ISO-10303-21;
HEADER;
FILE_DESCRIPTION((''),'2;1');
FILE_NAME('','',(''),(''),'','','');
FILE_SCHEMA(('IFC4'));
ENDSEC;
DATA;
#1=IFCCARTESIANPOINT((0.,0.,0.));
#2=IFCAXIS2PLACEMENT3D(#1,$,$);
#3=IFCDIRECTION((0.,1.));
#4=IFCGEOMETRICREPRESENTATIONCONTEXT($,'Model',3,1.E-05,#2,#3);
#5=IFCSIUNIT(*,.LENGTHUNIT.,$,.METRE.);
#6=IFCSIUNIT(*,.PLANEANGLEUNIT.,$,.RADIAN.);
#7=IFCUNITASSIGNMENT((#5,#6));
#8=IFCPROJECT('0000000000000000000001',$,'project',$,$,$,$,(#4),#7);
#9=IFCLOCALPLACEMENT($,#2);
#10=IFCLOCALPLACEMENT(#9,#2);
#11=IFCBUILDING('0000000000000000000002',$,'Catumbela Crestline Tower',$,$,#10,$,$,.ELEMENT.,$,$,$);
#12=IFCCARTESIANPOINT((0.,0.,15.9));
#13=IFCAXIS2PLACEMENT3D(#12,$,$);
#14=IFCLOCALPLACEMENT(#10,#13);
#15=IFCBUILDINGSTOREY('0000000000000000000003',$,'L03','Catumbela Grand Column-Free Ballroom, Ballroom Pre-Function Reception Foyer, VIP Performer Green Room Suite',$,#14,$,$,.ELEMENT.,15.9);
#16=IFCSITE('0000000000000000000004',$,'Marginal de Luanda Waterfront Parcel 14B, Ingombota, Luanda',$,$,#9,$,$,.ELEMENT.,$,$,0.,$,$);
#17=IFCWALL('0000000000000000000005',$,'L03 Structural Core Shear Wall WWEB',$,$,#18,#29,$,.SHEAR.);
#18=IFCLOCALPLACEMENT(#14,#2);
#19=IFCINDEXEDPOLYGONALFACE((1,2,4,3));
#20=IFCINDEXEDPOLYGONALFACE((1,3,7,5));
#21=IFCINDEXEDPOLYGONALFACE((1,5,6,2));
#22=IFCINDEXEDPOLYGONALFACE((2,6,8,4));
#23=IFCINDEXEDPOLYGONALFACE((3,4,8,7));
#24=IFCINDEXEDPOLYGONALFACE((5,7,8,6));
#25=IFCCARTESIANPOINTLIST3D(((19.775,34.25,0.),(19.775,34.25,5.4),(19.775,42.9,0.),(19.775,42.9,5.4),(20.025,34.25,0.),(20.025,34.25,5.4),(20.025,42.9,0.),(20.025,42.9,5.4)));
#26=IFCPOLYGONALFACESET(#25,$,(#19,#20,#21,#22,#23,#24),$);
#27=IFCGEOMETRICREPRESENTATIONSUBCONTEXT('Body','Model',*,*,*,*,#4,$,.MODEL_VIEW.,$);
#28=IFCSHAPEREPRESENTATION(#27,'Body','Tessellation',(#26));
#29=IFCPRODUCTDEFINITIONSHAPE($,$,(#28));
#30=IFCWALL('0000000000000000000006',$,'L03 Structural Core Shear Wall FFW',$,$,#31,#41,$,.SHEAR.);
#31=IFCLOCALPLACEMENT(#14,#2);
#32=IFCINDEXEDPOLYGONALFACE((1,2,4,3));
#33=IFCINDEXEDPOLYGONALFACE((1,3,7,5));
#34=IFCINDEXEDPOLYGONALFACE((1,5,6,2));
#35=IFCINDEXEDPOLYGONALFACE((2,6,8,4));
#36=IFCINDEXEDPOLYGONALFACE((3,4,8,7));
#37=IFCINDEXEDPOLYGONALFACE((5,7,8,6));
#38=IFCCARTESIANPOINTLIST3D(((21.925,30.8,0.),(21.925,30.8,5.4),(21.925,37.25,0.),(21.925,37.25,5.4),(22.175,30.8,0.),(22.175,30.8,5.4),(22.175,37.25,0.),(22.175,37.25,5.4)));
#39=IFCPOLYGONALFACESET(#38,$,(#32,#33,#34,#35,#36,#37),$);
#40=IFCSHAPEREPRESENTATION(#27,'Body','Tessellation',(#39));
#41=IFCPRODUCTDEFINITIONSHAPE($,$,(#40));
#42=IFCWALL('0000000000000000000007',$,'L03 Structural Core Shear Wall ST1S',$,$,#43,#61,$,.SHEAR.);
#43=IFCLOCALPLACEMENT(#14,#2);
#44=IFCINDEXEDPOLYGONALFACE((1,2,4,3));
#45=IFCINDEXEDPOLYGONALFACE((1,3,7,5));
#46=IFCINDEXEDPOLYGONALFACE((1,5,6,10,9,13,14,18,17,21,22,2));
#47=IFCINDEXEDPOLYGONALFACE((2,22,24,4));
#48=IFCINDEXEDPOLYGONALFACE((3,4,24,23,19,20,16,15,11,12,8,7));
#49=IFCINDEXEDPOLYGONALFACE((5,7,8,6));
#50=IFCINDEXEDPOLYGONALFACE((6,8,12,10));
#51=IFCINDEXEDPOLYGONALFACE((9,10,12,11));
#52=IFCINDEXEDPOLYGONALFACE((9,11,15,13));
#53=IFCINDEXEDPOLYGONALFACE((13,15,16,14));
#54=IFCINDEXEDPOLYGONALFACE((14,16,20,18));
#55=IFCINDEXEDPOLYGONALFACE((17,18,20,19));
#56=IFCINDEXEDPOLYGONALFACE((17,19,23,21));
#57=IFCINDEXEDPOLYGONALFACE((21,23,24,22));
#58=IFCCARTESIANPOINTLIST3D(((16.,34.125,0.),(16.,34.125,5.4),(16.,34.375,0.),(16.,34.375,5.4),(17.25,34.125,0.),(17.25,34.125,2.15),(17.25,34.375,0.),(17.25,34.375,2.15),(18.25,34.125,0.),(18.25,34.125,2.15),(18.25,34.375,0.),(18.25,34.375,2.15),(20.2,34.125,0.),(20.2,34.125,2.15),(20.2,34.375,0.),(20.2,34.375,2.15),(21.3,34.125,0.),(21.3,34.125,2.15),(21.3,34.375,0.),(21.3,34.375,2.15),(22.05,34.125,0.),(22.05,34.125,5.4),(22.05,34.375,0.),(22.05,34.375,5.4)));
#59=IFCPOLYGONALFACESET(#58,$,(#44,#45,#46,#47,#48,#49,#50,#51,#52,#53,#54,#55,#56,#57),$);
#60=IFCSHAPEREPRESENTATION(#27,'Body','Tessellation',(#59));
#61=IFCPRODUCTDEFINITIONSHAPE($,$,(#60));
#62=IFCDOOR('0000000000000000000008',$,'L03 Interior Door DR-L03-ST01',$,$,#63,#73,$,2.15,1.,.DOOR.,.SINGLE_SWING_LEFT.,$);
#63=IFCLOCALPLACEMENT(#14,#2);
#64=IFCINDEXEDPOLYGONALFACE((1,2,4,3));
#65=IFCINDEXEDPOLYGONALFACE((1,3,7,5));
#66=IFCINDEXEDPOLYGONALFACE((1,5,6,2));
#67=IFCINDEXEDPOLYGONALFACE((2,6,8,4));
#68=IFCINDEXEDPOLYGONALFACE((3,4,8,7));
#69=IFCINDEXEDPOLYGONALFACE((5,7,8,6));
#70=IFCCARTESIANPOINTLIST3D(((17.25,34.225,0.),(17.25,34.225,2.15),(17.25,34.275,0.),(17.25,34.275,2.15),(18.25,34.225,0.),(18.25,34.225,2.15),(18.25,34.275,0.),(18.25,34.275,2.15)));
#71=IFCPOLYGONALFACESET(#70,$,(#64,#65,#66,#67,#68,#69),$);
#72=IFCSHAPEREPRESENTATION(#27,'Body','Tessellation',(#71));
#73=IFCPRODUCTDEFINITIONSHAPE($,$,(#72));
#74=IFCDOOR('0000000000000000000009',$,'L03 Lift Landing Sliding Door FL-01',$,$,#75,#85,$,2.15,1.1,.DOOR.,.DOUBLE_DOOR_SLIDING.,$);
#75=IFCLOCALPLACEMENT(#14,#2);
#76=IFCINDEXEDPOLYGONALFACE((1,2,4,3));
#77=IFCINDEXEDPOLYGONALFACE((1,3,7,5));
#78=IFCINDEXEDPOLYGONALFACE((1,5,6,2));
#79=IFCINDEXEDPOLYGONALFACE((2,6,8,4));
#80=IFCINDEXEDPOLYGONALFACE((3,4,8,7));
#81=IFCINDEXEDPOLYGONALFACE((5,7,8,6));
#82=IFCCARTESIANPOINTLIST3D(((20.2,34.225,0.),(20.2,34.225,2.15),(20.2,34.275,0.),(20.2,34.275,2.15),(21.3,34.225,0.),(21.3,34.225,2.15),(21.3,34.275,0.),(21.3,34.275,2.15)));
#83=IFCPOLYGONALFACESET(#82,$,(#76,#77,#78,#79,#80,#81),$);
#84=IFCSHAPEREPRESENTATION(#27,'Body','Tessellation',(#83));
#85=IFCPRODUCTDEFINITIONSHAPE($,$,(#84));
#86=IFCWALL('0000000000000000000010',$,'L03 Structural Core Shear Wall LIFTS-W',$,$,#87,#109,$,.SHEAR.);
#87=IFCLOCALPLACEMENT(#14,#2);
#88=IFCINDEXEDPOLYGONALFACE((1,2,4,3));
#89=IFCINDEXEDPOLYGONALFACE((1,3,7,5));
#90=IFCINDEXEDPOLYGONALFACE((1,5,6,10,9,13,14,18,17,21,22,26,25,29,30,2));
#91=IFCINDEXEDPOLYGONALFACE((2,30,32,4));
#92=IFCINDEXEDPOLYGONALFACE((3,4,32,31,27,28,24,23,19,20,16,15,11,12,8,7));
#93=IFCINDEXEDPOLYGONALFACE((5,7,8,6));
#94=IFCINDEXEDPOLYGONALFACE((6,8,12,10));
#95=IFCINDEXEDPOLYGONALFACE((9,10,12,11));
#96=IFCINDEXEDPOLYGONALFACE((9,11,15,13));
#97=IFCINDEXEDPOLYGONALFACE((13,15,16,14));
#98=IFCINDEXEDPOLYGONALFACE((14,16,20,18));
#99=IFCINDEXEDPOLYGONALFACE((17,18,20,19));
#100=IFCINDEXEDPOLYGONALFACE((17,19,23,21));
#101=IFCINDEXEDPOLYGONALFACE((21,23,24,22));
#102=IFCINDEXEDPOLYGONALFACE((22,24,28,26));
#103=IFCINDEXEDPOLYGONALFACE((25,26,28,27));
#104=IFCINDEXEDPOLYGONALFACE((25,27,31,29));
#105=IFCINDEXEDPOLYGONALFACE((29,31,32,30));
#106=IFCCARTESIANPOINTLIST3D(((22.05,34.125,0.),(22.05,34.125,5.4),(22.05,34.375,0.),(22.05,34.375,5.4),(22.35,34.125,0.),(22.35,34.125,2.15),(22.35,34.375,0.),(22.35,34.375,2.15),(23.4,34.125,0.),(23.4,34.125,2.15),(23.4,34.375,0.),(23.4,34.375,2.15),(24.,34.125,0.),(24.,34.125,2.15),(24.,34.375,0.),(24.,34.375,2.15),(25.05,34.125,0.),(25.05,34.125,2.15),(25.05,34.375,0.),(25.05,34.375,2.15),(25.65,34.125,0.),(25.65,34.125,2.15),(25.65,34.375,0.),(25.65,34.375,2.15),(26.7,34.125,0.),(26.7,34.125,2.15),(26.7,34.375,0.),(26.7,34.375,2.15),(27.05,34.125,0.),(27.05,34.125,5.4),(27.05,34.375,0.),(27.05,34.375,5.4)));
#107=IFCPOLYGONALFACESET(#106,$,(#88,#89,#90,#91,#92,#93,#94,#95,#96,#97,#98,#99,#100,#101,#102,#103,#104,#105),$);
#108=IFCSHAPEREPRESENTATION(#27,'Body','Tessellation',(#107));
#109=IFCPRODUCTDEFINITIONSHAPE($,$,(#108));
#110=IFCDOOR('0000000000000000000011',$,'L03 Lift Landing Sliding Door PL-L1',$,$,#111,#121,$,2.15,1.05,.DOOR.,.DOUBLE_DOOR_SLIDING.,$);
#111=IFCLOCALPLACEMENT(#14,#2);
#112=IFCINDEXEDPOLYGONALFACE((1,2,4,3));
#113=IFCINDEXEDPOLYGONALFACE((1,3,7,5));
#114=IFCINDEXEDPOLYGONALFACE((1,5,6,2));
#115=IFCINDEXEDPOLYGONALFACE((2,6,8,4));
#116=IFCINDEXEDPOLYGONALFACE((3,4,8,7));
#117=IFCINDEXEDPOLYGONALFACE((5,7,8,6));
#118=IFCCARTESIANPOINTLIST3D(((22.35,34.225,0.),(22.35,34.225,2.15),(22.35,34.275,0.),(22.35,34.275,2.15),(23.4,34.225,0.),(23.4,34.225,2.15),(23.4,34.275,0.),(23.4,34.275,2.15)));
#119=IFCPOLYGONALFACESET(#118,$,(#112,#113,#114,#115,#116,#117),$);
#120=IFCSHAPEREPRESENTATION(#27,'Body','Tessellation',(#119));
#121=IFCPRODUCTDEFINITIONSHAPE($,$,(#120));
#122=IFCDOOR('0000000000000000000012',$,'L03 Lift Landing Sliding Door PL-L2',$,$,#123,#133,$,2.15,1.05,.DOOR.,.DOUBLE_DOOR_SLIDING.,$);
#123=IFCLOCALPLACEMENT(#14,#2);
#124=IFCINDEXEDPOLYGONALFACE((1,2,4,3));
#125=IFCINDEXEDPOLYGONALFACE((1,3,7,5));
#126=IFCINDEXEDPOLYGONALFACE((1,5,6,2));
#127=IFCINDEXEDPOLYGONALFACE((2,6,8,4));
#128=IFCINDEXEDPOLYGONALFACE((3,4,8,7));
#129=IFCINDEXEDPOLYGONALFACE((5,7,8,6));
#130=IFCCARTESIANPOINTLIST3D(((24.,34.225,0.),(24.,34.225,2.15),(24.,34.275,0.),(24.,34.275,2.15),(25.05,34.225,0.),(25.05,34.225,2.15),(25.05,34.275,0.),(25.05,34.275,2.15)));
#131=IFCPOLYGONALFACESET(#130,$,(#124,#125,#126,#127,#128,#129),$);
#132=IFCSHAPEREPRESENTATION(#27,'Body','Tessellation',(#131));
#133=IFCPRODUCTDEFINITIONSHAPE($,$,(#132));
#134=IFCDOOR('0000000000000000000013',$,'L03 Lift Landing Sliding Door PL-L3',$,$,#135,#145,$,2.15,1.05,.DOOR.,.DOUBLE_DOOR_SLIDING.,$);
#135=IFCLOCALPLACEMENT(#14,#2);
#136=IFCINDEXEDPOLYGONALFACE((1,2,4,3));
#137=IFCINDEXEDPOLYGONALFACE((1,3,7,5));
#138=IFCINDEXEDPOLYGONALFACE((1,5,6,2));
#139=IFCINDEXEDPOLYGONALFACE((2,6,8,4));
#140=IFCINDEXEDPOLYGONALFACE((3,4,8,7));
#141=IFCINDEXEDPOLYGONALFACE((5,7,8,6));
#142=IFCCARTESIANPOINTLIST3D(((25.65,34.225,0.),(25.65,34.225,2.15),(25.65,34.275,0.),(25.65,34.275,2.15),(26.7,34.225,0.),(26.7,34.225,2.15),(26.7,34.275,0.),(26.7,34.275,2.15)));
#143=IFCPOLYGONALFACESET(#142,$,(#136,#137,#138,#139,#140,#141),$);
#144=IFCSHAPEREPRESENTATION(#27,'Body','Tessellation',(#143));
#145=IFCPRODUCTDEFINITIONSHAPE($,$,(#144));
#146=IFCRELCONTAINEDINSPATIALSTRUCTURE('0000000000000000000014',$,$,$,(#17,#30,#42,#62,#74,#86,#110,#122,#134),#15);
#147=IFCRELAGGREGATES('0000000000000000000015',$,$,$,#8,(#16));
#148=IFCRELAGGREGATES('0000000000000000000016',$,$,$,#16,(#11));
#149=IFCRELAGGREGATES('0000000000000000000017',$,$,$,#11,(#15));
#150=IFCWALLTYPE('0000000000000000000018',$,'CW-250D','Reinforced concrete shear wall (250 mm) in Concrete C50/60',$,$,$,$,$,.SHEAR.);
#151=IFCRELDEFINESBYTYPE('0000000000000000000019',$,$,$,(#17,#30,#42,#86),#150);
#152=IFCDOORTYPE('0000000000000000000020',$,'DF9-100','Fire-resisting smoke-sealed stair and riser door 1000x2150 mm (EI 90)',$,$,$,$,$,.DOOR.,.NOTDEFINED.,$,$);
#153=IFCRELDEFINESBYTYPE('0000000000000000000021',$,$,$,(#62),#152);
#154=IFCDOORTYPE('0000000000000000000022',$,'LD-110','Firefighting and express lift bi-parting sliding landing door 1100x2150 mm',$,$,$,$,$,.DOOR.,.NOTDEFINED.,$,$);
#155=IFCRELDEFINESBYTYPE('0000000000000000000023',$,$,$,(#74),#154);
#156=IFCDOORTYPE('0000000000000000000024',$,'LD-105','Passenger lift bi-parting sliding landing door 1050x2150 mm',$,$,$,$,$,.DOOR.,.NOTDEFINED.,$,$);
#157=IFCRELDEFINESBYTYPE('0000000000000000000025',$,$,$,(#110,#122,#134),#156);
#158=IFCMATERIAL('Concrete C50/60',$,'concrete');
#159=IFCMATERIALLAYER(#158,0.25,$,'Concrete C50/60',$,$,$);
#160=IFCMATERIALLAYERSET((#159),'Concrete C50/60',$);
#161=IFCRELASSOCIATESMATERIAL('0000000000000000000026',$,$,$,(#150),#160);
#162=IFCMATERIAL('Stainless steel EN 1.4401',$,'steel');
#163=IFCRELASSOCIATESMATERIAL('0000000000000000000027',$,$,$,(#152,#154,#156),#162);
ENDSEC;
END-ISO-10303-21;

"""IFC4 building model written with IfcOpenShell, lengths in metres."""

from ifc_helpers import new_model, si_unit, direction, frame, frame_2d, origin, place, context, subcontext, project, spatial, rectangle, extrude, material, layer, layer_set, type_object, element, fill, save


model = new_model("IFC4")

# Units and contexts
model_context = context("Model", 3, precision=1e-05, world=origin(), true_north=direction((0.0, 1.0)))
body_context = subcontext(model_context, "Body", "Model", "MODEL_VIEW")
ifc_project = project(units=[si_unit("LENGTHUNIT", "METRE"), si_unit("PLANEANGLEUNIT", "RADIAN")], contexts=[model_context])

# Site, building, storey
site_placement = place(None, origin())
site = spatial("IfcSite", under=ifc_project, at=site_placement, Name="Marginal de Luanda Waterfront Parcel 14B, Ingombota, Luanda", CompositionType="ELEMENT", RefElevation=0.0)
building_placement = place(site_placement, origin())
building = spatial("IfcBuilding", under=site, at=building_placement, Name="Catumbela Crestline Tower", CompositionType="ELEMENT")
storey_placement = place(building_placement, frame((0.0, 0.0, 15.9)))
storey = spatial("IfcBuildingStorey", under=building, at=storey_placement, Name="L03", Description="Catumbela Grand Column-Free Ballroom, Ballroom Pre-Function Reception Foyer, VIP Performer Green Room Suite", CompositionType="ELEMENT", Elevation=15.9)

# Walls
ifc_material_1 = material(Name="Concrete C50/60", Category="concrete")
ifc_layer_1 = layer(ifc_material_1, 0.25, Name="Concrete C50/60")
ifc_layer_set_1 = layer_set([ifc_layer_1], Name="Concrete C50/60")
wall_type_1 = type_object("IfcWallType", Name="CW-250D", Description="Reinforced concrete shear wall (250 mm) in Concrete C50/60", PredefinedType="SHEAR", material=ifc_layer_set_1)
wall_1_placement = place(storey_placement, frame((19.9, 34.25, 0.0), z_axis=(0.0, 0.0, 1.0), x_axis=(0.0, 1.0, 0.0)))
element("IfcWall", 1, at=wall_1_placement, inside=storey, type_object=wall_type_1, Name="L03 Structural Core Shear Wall WWEB", PredefinedType="SHEAR", context=body_context, shape_type="SweptSolid", body=[
    extrude(rectangle(XDim=8.65, YDim=0.25, at=frame_2d((4.325, 0.0))), origin(), (0.0, 0.0, 1.0), 5.4),
])
wall_2_placement = place(storey_placement, frame((22.05, 30.8, 0.0), z_axis=(0.0, 0.0, 1.0), x_axis=(0.0, 1.0, 0.0)))
element("IfcWall", 2, at=wall_2_placement, inside=storey, type_object=wall_type_1, Name="L03 Structural Core Shear Wall FFW", PredefinedType="SHEAR", context=body_context, shape_type="SweptSolid", body=[
    extrude(rectangle(XDim=6.45, YDim=0.25, at=frame_2d((3.225, 0.0))), origin(), (0.0, 0.0, 1.0), 5.4),
])

# Walls, openings, doors
wall_3_placement = place(storey_placement, frame((16.0, 34.25, 0.0), z_axis=(0.0, 0.0, 1.0), x_axis=(1.0, 0.0, 0.0)))
wall_3 = element("IfcWall", 3, at=wall_3_placement, inside=storey, type_object=wall_type_1, Name="L03 Structural Core Shear Wall ST1S", PredefinedType="SHEAR", context=body_context, shape_type="SweptSolid", body=[
    extrude(rectangle(XDim=6.05, YDim=0.25, at=frame_2d((3.025, 0.0))), origin(), (0.0, 0.0, 1.0), 5.4),
])
opening_1_placement = place(wall_3_placement, frame((1.25, 0.0, 0.0)))
opening_1 = element("IfcOpeningElement", 4, at=opening_1_placement, cuts=wall_3, PredefinedType="OPENING", context=body_context, shape_type="SweptSolid", body=[
    extrude(rectangle(XDim=1.0, YDim=2.15, at=frame_2d((0.5, 1.075))), frame((0.0, 0.135, 0.0), z_axis=(0.0, -1.0, 0.0), x_axis=(1.0, 0.0, 0.0)), (0.0, 0.0, 1.0), 0.27),
])
opening_2_placement = place(wall_3_placement, frame((4.2, 0.0, 0.0)))
opening_2 = element("IfcOpeningElement", 5, at=opening_2_placement, cuts=wall_3, PredefinedType="OPENING", context=body_context, shape_type="SweptSolid", body=[
    extrude(rectangle(XDim=1.1, YDim=2.15, at=frame_2d((0.55, 1.075))), frame((0.0, 0.135, 0.0), z_axis=(0.0, -1.0, 0.0), x_axis=(1.0, 0.0, 0.0)), (0.0, 0.0, 1.0), 0.27),
])
ifc_material_2 = material(Name="Stainless steel EN 1.4401", Category="steel")
door_type_1 = type_object("IfcDoorType", Name="DF9-100", Description="Fire-resisting smoke-sealed stair and riser door 1000x2150 mm (EI 90)", OperationType="NOTDEFINED", PredefinedType="DOOR", material=ifc_material_2)
door_1_placement = place(opening_1_placement, origin())
door_1 = element("IfcDoor", 6, at=door_1_placement, inside=storey, type_object=door_type_1, Name="L03 Interior Door DR-L03-ST01", OperationType="SINGLE_SWING_LEFT", OverallHeight=2.15, OverallWidth=1.0, PredefinedType="DOOR", context=body_context, shape_type="SweptSolid", body=[
    extrude(rectangle(XDim=1.0, YDim=2.15, at=frame_2d((0.5, 1.075))), frame((0.0, 0.025, 0.0), z_axis=(0.0, -1.0, 0.0), x_axis=(1.0, 0.0, 0.0)), (0.0, 0.0, 1.0), 0.05),
])
fill(opening_1, door_1)
door_type_2 = type_object("IfcDoorType", Name="LD-110", Description="Firefighting and express lift bi-parting sliding landing door 1100x2150 mm", OperationType="NOTDEFINED", PredefinedType="DOOR", material=ifc_material_2)
door_2_placement = place(opening_2_placement, origin())
door_2 = element("IfcDoor", 7, at=door_2_placement, inside=storey, type_object=door_type_2, Name="L03 Lift Landing Sliding Door FL-01", OperationType="DOUBLE_DOOR_SLIDING", OverallHeight=2.15, OverallWidth=1.1, PredefinedType="DOOR", context=body_context, shape_type="SweptSolid", body=[
    extrude(rectangle(XDim=1.1, YDim=2.15, at=frame_2d((0.55, 1.075))), frame((0.0, 0.025, 0.0), z_axis=(0.0, -1.0, 0.0), x_axis=(1.0, 0.0, 0.0)), (0.0, 0.0, 1.0), 0.05),
])
fill(opening_2, door_2)
wall_4_placement = place(storey_placement, frame((22.05, 34.25, 0.0), z_axis=(0.0, 0.0, 1.0), x_axis=(1.0, 0.0, 0.0)))
wall_4 = element("IfcWall", 8, at=wall_4_placement, inside=storey, type_object=wall_type_1, Name="L03 Structural Core Shear Wall LIFTS-W", PredefinedType="SHEAR", context=body_context, shape_type="SweptSolid", body=[
    extrude(rectangle(XDim=5.0, YDim=0.25, at=frame_2d((2.5, 0.0))), origin(), (0.0, 0.0, 1.0), 5.4),
])
opening_3_placement = place(wall_4_placement, frame((0.3, 0.0, 0.0)))
opening_3 = element("IfcOpeningElement", 9, at=opening_3_placement, cuts=wall_4, PredefinedType="OPENING", context=body_context, shape_type="SweptSolid", body=[
    extrude(rectangle(XDim=1.05, YDim=2.15, at=frame_2d((0.525, 1.075))), frame((0.0, 0.135, 0.0), z_axis=(0.0, -1.0, 0.0), x_axis=(1.0, 0.0, 0.0)), (0.0, 0.0, 1.0), 0.27),
])
opening_4_placement = place(wall_4_placement, frame((1.95, 0.0, 0.0)))
opening_4 = element("IfcOpeningElement", 10, at=opening_4_placement, cuts=wall_4, PredefinedType="OPENING", context=body_context, shape_type="SweptSolid", body=[
    extrude(rectangle(XDim=1.05, YDim=2.15, at=frame_2d((0.525, 1.075))), frame((0.0, 0.135, 0.0), z_axis=(0.0, -1.0, 0.0), x_axis=(1.0, 0.0, 0.0)), (0.0, 0.0, 1.0), 0.27),
])
opening_5_placement = place(wall_4_placement, frame((3.6, 0.0, 0.0)))
opening_5 = element("IfcOpeningElement", 11, at=opening_5_placement, cuts=wall_4, PredefinedType="OPENING", context=body_context, shape_type="SweptSolid", body=[
    extrude(rectangle(XDim=1.05, YDim=2.15, at=frame_2d((0.525, 1.075))), frame((0.0, 0.135, 0.0), z_axis=(0.0, -1.0, 0.0), x_axis=(1.0, 0.0, 0.0)), (0.0, 0.0, 1.0), 0.27),
])
door_type_3 = type_object("IfcDoorType", Name="LD-105", Description="Passenger lift bi-parting sliding landing door 1050x2150 mm", OperationType="NOTDEFINED", PredefinedType="DOOR", material=ifc_material_2)
door_3_placement = place(opening_3_placement, origin())
door_3 = element("IfcDoor", 12, at=door_3_placement, inside=storey, type_object=door_type_3, Name="L03 Lift Landing Sliding Door PL-L1", OperationType="DOUBLE_DOOR_SLIDING", OverallHeight=2.15, OverallWidth=1.05, PredefinedType="DOOR", context=body_context, shape_type="SweptSolid", body=[
    extrude(rectangle(XDim=1.05, YDim=2.15, at=frame_2d((0.525, 1.075))), frame((0.0, 0.025, 0.0), z_axis=(0.0, -1.0, 0.0), x_axis=(1.0, 0.0, 0.0)), (0.0, 0.0, 1.0), 0.05),
])
fill(opening_3, door_3)
door_4_placement = place(opening_4_placement, origin())
door_4 = element("IfcDoor", 13, at=door_4_placement, inside=storey, type_object=door_type_3, Name="L03 Lift Landing Sliding Door PL-L2", OperationType="DOUBLE_DOOR_SLIDING", OverallHeight=2.15, OverallWidth=1.05, PredefinedType="DOOR", context=body_context, shape_type="SweptSolid", body=[
    extrude(rectangle(XDim=1.05, YDim=2.15, at=frame_2d((0.525, 1.075))), frame((0.0, 0.025, 0.0), z_axis=(0.0, -1.0, 0.0), x_axis=(1.0, 0.0, 0.0)), (0.0, 0.0, 1.0), 0.05),
])
fill(opening_4, door_4)
door_5_placement = place(opening_5_placement, origin())
door_5 = element("IfcDoor", 14, at=door_5_placement, inside=storey, type_object=door_type_3, Name="L03 Lift Landing Sliding Door PL-L3", OperationType="DOUBLE_DOOR_SLIDING", OverallHeight=2.15, OverallWidth=1.05, PredefinedType="DOOR", context=body_context, shape_type="SweptSolid", body=[
    extrude(rectangle(XDim=1.05, YDim=2.15, at=frame_2d((0.525, 1.075))), frame((0.0, 0.025, 0.0), z_axis=(0.0, -1.0, 0.0), x_axis=(1.0, 0.0, 0.0)), (0.0, 0.0, 1.0), 0.05),
])
fill(opening_5, door_5)

save(model, "model.ifc")
